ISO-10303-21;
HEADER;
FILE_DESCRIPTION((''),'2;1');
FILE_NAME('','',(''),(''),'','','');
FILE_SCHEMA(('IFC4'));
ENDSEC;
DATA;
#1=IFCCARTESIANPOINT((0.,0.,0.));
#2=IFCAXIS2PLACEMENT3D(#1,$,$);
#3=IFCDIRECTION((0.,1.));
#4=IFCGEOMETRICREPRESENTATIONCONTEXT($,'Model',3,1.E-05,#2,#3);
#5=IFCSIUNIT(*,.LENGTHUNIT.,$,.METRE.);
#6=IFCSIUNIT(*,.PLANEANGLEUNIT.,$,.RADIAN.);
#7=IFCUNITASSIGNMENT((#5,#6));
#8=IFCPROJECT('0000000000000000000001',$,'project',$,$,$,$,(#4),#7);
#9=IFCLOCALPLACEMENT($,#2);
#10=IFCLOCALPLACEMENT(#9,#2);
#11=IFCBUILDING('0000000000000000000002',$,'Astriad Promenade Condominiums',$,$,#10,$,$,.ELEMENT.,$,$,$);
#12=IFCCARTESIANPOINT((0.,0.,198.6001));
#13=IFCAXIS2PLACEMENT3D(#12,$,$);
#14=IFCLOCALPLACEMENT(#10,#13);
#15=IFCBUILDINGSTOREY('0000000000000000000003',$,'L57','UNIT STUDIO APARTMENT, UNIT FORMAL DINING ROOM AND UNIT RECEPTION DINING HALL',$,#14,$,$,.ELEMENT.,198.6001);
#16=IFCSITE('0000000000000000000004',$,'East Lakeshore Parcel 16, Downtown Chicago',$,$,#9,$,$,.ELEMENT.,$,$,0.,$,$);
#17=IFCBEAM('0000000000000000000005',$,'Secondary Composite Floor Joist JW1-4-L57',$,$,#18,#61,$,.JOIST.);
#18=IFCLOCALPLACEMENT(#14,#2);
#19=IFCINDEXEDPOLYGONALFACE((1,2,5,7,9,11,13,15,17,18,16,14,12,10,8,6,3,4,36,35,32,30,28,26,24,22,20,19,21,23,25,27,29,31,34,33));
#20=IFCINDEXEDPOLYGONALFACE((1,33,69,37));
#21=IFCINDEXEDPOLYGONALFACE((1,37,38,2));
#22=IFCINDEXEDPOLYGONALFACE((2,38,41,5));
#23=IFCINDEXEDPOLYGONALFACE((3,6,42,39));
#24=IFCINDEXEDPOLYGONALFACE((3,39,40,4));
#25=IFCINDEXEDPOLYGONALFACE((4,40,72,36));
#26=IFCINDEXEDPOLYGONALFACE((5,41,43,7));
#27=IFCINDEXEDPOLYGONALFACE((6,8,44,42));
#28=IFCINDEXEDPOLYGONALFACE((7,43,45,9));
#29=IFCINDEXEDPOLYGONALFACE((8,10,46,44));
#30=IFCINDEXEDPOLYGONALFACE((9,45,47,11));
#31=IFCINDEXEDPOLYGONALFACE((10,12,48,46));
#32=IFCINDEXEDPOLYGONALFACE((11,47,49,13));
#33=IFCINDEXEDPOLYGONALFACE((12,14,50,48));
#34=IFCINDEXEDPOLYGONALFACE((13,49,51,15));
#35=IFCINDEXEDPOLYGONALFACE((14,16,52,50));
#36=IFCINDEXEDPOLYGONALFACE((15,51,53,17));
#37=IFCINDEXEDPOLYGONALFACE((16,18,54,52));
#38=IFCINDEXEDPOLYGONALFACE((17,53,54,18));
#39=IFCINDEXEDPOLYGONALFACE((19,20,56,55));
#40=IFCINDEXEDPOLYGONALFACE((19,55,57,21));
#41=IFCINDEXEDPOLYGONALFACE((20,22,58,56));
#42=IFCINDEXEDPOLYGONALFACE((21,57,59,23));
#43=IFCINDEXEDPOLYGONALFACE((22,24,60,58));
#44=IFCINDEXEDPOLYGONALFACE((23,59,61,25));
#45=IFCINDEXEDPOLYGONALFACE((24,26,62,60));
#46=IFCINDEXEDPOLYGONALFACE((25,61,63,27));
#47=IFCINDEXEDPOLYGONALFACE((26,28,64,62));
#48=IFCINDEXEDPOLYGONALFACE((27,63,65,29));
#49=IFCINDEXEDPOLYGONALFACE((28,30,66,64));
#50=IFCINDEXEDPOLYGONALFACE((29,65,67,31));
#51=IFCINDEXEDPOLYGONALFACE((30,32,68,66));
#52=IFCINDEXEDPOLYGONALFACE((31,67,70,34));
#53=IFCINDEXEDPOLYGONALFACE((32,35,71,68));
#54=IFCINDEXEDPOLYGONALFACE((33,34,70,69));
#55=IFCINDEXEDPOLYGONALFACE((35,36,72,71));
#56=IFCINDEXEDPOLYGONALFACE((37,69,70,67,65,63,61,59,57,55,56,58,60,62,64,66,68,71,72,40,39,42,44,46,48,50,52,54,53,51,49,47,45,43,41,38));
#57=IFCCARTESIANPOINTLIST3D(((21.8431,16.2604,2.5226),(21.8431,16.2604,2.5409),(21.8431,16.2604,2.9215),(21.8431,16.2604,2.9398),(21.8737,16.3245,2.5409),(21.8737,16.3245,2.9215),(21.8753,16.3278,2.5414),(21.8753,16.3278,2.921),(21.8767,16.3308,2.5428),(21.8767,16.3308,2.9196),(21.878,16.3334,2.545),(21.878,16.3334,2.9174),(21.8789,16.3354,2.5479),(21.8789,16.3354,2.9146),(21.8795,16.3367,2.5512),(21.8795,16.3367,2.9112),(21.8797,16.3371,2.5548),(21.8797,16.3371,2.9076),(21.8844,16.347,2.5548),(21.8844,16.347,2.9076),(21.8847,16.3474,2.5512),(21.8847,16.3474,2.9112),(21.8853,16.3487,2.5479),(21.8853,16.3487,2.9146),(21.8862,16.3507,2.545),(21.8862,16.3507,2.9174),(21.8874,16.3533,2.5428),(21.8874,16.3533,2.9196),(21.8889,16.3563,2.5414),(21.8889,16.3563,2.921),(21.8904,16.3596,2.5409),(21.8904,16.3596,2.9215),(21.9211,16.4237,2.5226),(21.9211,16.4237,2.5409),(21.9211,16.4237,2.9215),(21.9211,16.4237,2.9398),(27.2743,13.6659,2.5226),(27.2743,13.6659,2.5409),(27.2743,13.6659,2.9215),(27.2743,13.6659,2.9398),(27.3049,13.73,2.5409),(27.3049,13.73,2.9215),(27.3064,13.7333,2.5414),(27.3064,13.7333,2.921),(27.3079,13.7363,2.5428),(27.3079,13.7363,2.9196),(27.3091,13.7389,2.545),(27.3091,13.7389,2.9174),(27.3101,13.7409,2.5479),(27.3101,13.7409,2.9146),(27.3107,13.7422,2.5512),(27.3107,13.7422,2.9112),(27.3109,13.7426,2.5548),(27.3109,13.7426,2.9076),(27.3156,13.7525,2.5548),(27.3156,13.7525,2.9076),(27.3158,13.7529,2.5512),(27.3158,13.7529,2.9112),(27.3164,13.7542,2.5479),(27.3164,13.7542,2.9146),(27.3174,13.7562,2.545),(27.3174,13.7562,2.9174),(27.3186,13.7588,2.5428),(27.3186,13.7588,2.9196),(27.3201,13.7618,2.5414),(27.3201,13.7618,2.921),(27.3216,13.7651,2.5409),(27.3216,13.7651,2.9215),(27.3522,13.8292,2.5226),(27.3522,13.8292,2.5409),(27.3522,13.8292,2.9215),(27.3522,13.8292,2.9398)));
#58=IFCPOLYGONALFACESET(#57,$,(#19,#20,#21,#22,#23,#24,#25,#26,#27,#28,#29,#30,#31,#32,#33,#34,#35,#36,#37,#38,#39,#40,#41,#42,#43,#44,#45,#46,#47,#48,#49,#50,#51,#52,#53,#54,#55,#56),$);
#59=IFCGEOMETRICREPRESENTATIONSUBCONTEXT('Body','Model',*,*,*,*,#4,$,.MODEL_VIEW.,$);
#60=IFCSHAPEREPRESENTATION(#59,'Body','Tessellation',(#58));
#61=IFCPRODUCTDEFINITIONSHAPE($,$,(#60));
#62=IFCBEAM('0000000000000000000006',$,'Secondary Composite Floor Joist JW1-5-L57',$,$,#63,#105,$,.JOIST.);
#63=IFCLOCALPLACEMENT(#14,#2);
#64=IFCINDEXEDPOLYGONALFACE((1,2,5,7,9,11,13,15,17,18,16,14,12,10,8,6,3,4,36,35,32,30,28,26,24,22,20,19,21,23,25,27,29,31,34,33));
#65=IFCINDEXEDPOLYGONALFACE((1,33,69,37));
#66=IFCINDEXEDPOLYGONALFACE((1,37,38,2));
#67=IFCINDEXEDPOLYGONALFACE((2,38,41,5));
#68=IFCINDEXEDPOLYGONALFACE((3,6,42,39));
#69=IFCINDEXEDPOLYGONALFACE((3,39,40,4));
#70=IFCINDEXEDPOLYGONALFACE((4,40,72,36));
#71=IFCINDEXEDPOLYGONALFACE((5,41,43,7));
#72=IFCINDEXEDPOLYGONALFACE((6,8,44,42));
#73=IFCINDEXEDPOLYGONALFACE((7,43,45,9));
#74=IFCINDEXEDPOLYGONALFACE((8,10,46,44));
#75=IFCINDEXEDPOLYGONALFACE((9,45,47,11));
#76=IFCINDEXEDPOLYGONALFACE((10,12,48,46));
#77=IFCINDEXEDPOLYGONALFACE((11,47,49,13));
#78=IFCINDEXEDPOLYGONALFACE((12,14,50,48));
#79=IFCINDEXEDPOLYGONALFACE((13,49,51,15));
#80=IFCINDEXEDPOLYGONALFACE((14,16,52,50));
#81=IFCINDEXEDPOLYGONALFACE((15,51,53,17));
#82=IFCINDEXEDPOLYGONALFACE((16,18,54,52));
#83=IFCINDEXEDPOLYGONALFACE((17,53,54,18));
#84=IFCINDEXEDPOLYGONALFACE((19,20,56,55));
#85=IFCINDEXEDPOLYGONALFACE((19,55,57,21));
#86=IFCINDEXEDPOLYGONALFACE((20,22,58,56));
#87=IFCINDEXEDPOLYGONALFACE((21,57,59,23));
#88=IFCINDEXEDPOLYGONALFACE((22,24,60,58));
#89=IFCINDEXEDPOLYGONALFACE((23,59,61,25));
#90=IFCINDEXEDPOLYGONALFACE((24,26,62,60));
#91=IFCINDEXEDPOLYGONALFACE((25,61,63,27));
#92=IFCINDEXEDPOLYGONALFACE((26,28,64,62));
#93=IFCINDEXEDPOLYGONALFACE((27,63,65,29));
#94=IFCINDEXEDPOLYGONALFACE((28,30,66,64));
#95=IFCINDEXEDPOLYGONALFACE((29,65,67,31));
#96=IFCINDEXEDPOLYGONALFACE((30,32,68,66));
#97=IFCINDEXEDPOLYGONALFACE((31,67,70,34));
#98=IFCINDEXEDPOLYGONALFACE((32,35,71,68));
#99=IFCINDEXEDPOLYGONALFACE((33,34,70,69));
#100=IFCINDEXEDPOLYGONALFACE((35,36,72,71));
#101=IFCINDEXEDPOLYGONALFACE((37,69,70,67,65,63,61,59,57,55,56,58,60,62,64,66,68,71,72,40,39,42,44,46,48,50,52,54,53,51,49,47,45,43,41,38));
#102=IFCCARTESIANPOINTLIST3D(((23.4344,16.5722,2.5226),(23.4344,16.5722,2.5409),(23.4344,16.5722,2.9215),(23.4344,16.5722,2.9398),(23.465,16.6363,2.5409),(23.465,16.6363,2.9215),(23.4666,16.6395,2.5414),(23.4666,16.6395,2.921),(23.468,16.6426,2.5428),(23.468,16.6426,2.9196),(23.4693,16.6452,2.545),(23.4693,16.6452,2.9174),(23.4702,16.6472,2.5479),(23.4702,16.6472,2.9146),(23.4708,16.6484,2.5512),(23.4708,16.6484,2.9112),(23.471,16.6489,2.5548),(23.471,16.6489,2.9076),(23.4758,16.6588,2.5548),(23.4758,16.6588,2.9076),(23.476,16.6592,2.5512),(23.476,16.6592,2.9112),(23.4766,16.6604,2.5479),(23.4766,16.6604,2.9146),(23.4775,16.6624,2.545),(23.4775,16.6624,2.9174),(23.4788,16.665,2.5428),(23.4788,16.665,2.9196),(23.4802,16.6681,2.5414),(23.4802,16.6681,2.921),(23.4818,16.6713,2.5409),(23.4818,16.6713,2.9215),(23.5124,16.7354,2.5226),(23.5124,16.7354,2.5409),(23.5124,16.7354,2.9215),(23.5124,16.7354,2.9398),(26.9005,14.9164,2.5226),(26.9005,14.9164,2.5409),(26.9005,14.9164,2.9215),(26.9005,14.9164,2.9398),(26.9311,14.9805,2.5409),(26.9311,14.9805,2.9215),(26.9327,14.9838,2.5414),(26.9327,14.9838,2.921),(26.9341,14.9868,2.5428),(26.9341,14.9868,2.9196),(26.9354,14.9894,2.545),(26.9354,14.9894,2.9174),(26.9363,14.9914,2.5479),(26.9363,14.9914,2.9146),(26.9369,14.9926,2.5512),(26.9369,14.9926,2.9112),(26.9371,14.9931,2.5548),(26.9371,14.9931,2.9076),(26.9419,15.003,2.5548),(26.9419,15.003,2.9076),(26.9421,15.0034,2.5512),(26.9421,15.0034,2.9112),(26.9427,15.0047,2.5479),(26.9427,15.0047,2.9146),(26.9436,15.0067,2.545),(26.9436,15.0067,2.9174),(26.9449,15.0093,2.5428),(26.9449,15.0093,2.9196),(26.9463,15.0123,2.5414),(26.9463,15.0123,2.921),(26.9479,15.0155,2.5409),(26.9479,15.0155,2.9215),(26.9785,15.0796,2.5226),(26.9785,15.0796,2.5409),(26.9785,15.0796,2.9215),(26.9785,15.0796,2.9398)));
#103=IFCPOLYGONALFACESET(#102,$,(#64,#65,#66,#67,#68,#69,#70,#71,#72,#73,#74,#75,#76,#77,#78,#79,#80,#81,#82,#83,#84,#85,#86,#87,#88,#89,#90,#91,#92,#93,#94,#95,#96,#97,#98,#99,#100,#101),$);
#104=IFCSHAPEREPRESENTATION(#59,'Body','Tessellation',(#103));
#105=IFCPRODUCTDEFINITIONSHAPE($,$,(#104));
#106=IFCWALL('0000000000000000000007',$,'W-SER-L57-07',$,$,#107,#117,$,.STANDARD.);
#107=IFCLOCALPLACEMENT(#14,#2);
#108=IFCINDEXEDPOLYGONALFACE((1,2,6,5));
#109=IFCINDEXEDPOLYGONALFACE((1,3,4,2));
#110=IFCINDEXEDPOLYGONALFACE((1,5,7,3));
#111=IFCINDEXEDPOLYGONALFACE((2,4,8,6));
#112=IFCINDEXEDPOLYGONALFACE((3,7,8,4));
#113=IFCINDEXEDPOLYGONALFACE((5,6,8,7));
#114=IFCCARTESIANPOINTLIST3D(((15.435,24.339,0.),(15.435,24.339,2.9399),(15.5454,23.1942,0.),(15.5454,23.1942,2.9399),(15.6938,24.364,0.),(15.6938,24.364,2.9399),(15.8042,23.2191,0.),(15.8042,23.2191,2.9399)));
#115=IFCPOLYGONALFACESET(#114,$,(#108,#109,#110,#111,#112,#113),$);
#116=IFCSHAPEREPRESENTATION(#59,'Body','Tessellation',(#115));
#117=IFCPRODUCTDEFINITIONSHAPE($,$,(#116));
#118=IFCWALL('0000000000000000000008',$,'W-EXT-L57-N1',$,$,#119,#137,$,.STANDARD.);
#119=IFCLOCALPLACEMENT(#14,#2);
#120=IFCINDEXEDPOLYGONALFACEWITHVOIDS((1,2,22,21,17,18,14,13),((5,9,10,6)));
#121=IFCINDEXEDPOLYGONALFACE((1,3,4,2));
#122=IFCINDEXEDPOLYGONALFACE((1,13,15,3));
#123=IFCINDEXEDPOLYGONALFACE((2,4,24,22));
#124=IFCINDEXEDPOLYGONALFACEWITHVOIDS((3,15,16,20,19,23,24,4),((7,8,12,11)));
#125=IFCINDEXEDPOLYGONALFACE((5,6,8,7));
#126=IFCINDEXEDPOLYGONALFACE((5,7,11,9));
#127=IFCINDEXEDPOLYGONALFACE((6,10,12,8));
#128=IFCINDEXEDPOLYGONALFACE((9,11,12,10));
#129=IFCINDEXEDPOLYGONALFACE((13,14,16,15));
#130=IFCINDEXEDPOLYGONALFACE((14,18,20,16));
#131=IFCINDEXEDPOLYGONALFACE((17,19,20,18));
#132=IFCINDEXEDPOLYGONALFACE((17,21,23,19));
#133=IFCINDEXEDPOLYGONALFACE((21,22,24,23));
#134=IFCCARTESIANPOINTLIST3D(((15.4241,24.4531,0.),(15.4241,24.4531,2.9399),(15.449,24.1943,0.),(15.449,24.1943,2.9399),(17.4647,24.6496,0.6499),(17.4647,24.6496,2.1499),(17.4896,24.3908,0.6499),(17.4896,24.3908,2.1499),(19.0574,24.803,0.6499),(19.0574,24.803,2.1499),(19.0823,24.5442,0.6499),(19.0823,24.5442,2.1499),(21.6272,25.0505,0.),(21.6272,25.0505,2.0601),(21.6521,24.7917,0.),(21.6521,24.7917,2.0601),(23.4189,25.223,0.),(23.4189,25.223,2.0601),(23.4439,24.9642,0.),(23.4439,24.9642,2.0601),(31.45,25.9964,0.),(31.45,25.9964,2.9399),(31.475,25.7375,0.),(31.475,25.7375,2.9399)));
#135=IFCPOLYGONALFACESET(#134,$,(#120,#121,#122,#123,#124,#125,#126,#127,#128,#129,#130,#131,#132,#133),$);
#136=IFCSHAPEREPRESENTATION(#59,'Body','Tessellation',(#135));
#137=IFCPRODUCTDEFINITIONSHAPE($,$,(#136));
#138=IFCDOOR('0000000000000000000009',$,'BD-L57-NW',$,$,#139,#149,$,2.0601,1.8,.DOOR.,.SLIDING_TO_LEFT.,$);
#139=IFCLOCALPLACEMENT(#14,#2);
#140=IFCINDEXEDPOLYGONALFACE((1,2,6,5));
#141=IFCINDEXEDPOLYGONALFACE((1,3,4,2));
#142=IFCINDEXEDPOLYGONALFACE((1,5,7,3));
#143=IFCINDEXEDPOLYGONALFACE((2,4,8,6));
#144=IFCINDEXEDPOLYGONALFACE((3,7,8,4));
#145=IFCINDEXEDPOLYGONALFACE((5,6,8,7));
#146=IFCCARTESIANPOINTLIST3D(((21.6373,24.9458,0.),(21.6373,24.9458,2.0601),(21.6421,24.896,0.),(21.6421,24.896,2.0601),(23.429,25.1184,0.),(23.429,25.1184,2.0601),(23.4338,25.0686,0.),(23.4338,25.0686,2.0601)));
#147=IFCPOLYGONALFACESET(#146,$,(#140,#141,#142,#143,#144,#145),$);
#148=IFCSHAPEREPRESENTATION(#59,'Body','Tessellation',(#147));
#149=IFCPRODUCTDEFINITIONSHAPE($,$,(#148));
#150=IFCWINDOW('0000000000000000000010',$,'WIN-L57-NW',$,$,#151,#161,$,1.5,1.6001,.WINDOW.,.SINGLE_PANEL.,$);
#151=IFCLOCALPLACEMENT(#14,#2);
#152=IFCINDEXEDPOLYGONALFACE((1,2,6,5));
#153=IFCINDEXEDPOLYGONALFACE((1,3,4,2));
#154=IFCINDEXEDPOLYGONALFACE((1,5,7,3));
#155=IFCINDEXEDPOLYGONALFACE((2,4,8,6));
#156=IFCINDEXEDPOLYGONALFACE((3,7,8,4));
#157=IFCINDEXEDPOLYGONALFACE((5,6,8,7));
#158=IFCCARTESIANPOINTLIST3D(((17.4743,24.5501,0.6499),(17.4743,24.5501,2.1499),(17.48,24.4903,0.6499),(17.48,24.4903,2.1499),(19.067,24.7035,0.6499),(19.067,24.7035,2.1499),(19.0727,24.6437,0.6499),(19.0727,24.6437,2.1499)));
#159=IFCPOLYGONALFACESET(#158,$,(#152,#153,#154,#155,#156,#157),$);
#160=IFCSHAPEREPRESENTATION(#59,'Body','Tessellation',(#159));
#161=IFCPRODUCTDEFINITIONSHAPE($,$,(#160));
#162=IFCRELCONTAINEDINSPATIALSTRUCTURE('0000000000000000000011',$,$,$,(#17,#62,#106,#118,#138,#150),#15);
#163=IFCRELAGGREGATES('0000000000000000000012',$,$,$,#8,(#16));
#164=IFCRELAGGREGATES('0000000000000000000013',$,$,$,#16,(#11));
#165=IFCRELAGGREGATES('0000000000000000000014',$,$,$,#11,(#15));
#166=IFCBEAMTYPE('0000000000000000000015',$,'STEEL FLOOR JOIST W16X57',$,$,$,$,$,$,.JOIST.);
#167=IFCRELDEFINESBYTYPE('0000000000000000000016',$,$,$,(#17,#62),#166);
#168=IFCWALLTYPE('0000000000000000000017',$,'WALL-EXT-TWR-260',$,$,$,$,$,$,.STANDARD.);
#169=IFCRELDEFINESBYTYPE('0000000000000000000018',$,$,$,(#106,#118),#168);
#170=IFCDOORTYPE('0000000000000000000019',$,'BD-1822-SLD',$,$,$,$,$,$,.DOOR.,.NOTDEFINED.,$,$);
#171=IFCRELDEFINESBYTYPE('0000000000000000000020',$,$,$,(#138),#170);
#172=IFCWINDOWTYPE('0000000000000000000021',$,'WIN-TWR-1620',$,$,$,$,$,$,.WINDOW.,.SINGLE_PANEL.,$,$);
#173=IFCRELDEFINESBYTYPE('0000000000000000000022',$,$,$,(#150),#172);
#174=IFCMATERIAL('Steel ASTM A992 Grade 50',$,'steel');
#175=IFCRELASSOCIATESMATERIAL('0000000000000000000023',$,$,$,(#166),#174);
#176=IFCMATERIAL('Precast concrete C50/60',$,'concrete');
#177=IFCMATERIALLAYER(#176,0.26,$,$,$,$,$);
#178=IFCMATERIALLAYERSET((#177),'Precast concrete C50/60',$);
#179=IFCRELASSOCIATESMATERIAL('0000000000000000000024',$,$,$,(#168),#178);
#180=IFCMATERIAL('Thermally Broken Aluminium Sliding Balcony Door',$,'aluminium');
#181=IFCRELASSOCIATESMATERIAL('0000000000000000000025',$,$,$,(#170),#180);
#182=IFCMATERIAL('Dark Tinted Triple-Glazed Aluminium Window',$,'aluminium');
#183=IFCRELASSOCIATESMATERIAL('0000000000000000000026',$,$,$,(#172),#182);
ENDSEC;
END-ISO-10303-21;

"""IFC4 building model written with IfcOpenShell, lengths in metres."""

from ifc_helpers import new_model, si_unit, direction, frame, frame_2d, origin, origin_2d, place, context, subcontext, project, spatial, rectangle, i_section, extrude, source, transform, mapped, material, layer, layer_set, material_profile, profile_set, type_object, type_shapes, element, fill, save


model = new_model("IFC4")

# Units and contexts
model_context = context("Model", 3, precision=1e-05, world=origin(), true_north=direction((0.0, 1.0)))
body_context = subcontext(model_context, "Body", "Model", "MODEL_VIEW")
ifc_project = project(units=[si_unit("LENGTHUNIT", "METRE"), si_unit("PLANEANGLEUNIT", "RADIAN")], contexts=[model_context])

# Site, building, storey
site_placement = place(None, origin())
site = spatial("IfcSite", under=ifc_project, at=site_placement, Name="East Lakeshore Parcel 16, Downtown Chicago", CompositionType="ELEMENT", RefElevation=0.0)
building_placement = place(site_placement, origin())
building = spatial("IfcBuilding", under=site, at=building_placement, Name="Astriad Promenade Condominiums", CompositionType="ELEMENT")
storey_placement = place(building_placement, frame((0.0, 0.0, 198.6001)))
storey = spatial("IfcBuildingStorey", under=building, at=storey_placement, Name="L57", Description="UNIT STUDIO APARTMENT, UNIT FORMAL DINING ROOM AND UNIT RECEPTION DINING HALL", CompositionType="ELEMENT", Elevation=198.6001)

# Beams
ifc_material_1 = material(Name="Steel ASTM A992 Grade 50", Category="steel")
ifc_material_profile_1 = material_profile(ifc_material_1, i_section(OverallWidth=0.1809, OverallDepth=0.4172, WebThickness=0.011, FlangeThickness=0.0183, FilletRadius=0.0139, at=origin_2d()), Name="W16X57")
ifc_profile_set_1 = profile_set([ifc_material_profile_1], Name="Steel ASTM A992 Grade 50")
beam_type_1 = type_object("IfcBeamType", Name="STEEL FLOOR JOIST W16X57", PredefinedType="JOIST", material=ifc_profile_set_1)
shared_shape_1 = source(origin(), body_context, "Body", "SweptSolid", [
    extrude(i_section(OverallWidth=0.1809, OverallDepth=0.4172, WebThickness=0.011, FlangeThickness=0.0183, FilletRadius=0.0139, at=origin_2d()), origin(), (0.0, 0.0, 1.0), 6.019),
])
beam_1_placement = place(storey_placement, frame((21.8821, 16.342, 2.7312), z_axis=(0.90233, -0.431046, 0.0), x_axis=(0.431046, 0.90233, 0.0)))
element("IfcBeam", 1, at=beam_1_placement, inside=storey, type_object=beam_type_1, Name="Secondary Composite Floor Joist JW1-4-L57", PredefinedType="JOIST", context=body_context, shape_type="MappedRepresentation", body=[
    mapped(shared_shape_1, transform((0.0, 0.0, 0.0), scale=1.0)),
])
shared_shape_2 = source(origin(), body_context, "Body", "SweptSolid", [
    extrude(i_section(OverallWidth=0.1809, OverallDepth=0.4172, WebThickness=0.011, FlangeThickness=0.0183, FilletRadius=0.0139, at=origin_2d()), origin(), (0.0, 0.0, 1.0), 3.8413),
])
beam_2_placement = place(storey_placement, frame((23.4734, 16.6538, 2.7312), z_axis=(0.902329, -0.431048, 0.0), x_axis=(0.431048, 0.902329, 0.0)))
element("IfcBeam", 2, at=beam_2_placement, inside=storey, type_object=beam_type_1, Name="Secondary Composite Floor Joist JW1-5-L57", PredefinedType="JOIST", context=body_context, shape_type="MappedRepresentation", body=[
    mapped(shared_shape_2, transform((0.0, 0.0, 0.0), scale=1.0)),
])

# Wall
ifc_material_2 = material(Name="Precast concrete C50/60", Category="concrete")
ifc_layer_1 = layer(ifc_material_2, 0.26)
ifc_layer_set_1 = layer_set([ifc_layer_1], Name="Precast concrete C50/60")
wall_type_1 = type_object("IfcWallType", Name="WALL-EXT-TWR-260", PredefinedType="STANDARD", material=ifc_layer_set_1)
wall_1_placement = place(storey_placement, frame((15.6748, 23.2065, 0.0), z_axis=(0.0, 0.0, 1.0), x_axis=(-0.095951, 0.995386, 0.0)))
element("IfcWall", 3, at=wall_1_placement, inside=storey, type_object=wall_type_1, Name="W-SER-L57-07", PredefinedType="STANDARD", context=body_context, shape_type="SweptSolid", body=[
    extrude(rectangle(XDim=1.1501, YDim=0.26, at=frame_2d((0.5752, 0.0))), origin(), (0.0, 0.0, 1.0), 2.9399),
])

# Wall, openings, door, window
wall_2_placement = place(storey_placement, frame((15.4365, 24.3237, 0.0), z_axis=(0.0, 0.0, 1.0), x_axis=(0.995396, 0.095852, 0.0)))
wall_2 = element("IfcWall", 4, at=wall_2_placement, inside=storey, type_object=wall_type_1, Name="W-EXT-L57-N1", PredefinedType="STANDARD", context=body_context, shape_type="SweptSolid", body=[
    extrude(rectangle(XDim=16.1001, YDim=0.26, at=frame_2d((8.05, 0.0))), origin(), (0.0, 0.0, 1.0), 2.9399),
])
opening_1_placement = place(wall_2_placement, frame((6.2319, 0.0, 0.0)))
opening_1 = element("IfcOpeningElement", 5, at=opening_1_placement, cuts=wall_2, PredefinedType="OPENING", context=body_context, shape_type="SweptSolid", body=[
    extrude(rectangle(XDim=1.8, YDim=2.0601, at=frame_2d((0.8999, 1.03))), frame((0.0, 0.1399, 0.0), z_axis=(0.0, -1.0, 0.0), x_axis=(1.0, 0.0, 0.0)), (0.0, 0.0, 1.0), 0.28),
])
opening_2_placement = place(wall_2_placement, frame((2.05, 0.0, 0.6499)))
opening_2 = element("IfcOpeningElement", 6, at=opening_2_placement, cuts=wall_2, PredefinedType="OPENING", context=body_context, shape_type="SweptSolid", body=[
    extrude(rectangle(XDim=1.6001, YDim=1.5, at=frame_2d((0.8, 0.75))), frame((0.0, 0.1399, 0.0), z_axis=(0.0, -1.0, 0.0), x_axis=(1.0, 0.0, 0.0)), (0.0, 0.0, 1.0), 0.28),
])
ifc_material_3 = material(Name="Thermally Broken Aluminium Sliding Balcony Door", Category="aluminium")
door_type_1 = type_object("IfcDoorType", Name="BD-1822-SLD", OperationType="NOTDEFINED", PredefinedType="DOOR", material=ifc_material_3)
shared_shape_3 = source(origin(), body_context, "Body", "SweptSolid", [
    extrude(rectangle(XDim=1.8, YDim=2.0601, at=frame_2d((0.8999, 1.03))), frame((0.0, 0.0249, 0.0), z_axis=(0.0, -1.0, 0.0), x_axis=(1.0, 0.0, 0.0)), (0.0, 0.0, 1.0), 0.05),
])
type_shapes(door_type_1, [shared_shape_3])
door_1_placement = place(opening_1_placement, origin())
door_1 = element("IfcDoor", 7, at=door_1_placement, inside=storey, type_object=door_type_1, Name="BD-L57-NW", OperationType="SLIDING_TO_LEFT", OverallHeight=2.0601, OverallWidth=1.8, PredefinedType="DOOR", context=body_context, shape_type="MappedRepresentation", body=[
    mapped(shared_shape_3, transform((0.0, 0.0, 0.0), scale=1.0)),
])
fill(opening_1, door_1)
ifc_material_4 = material(Name="Dark Tinted Triple-Glazed Aluminium Window", Category="aluminium")
window_type = type_object("IfcWindowType", Name="WIN-TWR-1620", PartitioningType="SINGLE_PANEL", PredefinedType="WINDOW", material=ifc_material_4)
shared_shape_4 = source(origin(), body_context, "Body", "SweptSolid", [
    extrude(rectangle(XDim=1.6001, YDim=1.5, at=frame_2d((0.8, 0.75))), frame((0.0, 0.03, 0.0), z_axis=(0.0, -1.0, 0.0), x_axis=(1.0, 0.0, 0.0)), (0.0, 0.0, 1.0), 0.0601),
])
type_shapes(window_type, [shared_shape_4])
window_placement = place(opening_2_placement, origin())
window = element("IfcWindow", 8, at=window_placement, inside=storey, type_object=window_type, Name="WIN-L57-NW", OverallHeight=1.5, OverallWidth=1.6001, PartitioningType="SINGLE_PANEL", PredefinedType="WINDOW", context=body_context, shape_type="MappedRepresentation", body=[
    mapped(shared_shape_4, transform((0.0, 0.0, 0.0), scale=1.0)),
])
fill(opening_2, window)

save(model, "model.ifc")
